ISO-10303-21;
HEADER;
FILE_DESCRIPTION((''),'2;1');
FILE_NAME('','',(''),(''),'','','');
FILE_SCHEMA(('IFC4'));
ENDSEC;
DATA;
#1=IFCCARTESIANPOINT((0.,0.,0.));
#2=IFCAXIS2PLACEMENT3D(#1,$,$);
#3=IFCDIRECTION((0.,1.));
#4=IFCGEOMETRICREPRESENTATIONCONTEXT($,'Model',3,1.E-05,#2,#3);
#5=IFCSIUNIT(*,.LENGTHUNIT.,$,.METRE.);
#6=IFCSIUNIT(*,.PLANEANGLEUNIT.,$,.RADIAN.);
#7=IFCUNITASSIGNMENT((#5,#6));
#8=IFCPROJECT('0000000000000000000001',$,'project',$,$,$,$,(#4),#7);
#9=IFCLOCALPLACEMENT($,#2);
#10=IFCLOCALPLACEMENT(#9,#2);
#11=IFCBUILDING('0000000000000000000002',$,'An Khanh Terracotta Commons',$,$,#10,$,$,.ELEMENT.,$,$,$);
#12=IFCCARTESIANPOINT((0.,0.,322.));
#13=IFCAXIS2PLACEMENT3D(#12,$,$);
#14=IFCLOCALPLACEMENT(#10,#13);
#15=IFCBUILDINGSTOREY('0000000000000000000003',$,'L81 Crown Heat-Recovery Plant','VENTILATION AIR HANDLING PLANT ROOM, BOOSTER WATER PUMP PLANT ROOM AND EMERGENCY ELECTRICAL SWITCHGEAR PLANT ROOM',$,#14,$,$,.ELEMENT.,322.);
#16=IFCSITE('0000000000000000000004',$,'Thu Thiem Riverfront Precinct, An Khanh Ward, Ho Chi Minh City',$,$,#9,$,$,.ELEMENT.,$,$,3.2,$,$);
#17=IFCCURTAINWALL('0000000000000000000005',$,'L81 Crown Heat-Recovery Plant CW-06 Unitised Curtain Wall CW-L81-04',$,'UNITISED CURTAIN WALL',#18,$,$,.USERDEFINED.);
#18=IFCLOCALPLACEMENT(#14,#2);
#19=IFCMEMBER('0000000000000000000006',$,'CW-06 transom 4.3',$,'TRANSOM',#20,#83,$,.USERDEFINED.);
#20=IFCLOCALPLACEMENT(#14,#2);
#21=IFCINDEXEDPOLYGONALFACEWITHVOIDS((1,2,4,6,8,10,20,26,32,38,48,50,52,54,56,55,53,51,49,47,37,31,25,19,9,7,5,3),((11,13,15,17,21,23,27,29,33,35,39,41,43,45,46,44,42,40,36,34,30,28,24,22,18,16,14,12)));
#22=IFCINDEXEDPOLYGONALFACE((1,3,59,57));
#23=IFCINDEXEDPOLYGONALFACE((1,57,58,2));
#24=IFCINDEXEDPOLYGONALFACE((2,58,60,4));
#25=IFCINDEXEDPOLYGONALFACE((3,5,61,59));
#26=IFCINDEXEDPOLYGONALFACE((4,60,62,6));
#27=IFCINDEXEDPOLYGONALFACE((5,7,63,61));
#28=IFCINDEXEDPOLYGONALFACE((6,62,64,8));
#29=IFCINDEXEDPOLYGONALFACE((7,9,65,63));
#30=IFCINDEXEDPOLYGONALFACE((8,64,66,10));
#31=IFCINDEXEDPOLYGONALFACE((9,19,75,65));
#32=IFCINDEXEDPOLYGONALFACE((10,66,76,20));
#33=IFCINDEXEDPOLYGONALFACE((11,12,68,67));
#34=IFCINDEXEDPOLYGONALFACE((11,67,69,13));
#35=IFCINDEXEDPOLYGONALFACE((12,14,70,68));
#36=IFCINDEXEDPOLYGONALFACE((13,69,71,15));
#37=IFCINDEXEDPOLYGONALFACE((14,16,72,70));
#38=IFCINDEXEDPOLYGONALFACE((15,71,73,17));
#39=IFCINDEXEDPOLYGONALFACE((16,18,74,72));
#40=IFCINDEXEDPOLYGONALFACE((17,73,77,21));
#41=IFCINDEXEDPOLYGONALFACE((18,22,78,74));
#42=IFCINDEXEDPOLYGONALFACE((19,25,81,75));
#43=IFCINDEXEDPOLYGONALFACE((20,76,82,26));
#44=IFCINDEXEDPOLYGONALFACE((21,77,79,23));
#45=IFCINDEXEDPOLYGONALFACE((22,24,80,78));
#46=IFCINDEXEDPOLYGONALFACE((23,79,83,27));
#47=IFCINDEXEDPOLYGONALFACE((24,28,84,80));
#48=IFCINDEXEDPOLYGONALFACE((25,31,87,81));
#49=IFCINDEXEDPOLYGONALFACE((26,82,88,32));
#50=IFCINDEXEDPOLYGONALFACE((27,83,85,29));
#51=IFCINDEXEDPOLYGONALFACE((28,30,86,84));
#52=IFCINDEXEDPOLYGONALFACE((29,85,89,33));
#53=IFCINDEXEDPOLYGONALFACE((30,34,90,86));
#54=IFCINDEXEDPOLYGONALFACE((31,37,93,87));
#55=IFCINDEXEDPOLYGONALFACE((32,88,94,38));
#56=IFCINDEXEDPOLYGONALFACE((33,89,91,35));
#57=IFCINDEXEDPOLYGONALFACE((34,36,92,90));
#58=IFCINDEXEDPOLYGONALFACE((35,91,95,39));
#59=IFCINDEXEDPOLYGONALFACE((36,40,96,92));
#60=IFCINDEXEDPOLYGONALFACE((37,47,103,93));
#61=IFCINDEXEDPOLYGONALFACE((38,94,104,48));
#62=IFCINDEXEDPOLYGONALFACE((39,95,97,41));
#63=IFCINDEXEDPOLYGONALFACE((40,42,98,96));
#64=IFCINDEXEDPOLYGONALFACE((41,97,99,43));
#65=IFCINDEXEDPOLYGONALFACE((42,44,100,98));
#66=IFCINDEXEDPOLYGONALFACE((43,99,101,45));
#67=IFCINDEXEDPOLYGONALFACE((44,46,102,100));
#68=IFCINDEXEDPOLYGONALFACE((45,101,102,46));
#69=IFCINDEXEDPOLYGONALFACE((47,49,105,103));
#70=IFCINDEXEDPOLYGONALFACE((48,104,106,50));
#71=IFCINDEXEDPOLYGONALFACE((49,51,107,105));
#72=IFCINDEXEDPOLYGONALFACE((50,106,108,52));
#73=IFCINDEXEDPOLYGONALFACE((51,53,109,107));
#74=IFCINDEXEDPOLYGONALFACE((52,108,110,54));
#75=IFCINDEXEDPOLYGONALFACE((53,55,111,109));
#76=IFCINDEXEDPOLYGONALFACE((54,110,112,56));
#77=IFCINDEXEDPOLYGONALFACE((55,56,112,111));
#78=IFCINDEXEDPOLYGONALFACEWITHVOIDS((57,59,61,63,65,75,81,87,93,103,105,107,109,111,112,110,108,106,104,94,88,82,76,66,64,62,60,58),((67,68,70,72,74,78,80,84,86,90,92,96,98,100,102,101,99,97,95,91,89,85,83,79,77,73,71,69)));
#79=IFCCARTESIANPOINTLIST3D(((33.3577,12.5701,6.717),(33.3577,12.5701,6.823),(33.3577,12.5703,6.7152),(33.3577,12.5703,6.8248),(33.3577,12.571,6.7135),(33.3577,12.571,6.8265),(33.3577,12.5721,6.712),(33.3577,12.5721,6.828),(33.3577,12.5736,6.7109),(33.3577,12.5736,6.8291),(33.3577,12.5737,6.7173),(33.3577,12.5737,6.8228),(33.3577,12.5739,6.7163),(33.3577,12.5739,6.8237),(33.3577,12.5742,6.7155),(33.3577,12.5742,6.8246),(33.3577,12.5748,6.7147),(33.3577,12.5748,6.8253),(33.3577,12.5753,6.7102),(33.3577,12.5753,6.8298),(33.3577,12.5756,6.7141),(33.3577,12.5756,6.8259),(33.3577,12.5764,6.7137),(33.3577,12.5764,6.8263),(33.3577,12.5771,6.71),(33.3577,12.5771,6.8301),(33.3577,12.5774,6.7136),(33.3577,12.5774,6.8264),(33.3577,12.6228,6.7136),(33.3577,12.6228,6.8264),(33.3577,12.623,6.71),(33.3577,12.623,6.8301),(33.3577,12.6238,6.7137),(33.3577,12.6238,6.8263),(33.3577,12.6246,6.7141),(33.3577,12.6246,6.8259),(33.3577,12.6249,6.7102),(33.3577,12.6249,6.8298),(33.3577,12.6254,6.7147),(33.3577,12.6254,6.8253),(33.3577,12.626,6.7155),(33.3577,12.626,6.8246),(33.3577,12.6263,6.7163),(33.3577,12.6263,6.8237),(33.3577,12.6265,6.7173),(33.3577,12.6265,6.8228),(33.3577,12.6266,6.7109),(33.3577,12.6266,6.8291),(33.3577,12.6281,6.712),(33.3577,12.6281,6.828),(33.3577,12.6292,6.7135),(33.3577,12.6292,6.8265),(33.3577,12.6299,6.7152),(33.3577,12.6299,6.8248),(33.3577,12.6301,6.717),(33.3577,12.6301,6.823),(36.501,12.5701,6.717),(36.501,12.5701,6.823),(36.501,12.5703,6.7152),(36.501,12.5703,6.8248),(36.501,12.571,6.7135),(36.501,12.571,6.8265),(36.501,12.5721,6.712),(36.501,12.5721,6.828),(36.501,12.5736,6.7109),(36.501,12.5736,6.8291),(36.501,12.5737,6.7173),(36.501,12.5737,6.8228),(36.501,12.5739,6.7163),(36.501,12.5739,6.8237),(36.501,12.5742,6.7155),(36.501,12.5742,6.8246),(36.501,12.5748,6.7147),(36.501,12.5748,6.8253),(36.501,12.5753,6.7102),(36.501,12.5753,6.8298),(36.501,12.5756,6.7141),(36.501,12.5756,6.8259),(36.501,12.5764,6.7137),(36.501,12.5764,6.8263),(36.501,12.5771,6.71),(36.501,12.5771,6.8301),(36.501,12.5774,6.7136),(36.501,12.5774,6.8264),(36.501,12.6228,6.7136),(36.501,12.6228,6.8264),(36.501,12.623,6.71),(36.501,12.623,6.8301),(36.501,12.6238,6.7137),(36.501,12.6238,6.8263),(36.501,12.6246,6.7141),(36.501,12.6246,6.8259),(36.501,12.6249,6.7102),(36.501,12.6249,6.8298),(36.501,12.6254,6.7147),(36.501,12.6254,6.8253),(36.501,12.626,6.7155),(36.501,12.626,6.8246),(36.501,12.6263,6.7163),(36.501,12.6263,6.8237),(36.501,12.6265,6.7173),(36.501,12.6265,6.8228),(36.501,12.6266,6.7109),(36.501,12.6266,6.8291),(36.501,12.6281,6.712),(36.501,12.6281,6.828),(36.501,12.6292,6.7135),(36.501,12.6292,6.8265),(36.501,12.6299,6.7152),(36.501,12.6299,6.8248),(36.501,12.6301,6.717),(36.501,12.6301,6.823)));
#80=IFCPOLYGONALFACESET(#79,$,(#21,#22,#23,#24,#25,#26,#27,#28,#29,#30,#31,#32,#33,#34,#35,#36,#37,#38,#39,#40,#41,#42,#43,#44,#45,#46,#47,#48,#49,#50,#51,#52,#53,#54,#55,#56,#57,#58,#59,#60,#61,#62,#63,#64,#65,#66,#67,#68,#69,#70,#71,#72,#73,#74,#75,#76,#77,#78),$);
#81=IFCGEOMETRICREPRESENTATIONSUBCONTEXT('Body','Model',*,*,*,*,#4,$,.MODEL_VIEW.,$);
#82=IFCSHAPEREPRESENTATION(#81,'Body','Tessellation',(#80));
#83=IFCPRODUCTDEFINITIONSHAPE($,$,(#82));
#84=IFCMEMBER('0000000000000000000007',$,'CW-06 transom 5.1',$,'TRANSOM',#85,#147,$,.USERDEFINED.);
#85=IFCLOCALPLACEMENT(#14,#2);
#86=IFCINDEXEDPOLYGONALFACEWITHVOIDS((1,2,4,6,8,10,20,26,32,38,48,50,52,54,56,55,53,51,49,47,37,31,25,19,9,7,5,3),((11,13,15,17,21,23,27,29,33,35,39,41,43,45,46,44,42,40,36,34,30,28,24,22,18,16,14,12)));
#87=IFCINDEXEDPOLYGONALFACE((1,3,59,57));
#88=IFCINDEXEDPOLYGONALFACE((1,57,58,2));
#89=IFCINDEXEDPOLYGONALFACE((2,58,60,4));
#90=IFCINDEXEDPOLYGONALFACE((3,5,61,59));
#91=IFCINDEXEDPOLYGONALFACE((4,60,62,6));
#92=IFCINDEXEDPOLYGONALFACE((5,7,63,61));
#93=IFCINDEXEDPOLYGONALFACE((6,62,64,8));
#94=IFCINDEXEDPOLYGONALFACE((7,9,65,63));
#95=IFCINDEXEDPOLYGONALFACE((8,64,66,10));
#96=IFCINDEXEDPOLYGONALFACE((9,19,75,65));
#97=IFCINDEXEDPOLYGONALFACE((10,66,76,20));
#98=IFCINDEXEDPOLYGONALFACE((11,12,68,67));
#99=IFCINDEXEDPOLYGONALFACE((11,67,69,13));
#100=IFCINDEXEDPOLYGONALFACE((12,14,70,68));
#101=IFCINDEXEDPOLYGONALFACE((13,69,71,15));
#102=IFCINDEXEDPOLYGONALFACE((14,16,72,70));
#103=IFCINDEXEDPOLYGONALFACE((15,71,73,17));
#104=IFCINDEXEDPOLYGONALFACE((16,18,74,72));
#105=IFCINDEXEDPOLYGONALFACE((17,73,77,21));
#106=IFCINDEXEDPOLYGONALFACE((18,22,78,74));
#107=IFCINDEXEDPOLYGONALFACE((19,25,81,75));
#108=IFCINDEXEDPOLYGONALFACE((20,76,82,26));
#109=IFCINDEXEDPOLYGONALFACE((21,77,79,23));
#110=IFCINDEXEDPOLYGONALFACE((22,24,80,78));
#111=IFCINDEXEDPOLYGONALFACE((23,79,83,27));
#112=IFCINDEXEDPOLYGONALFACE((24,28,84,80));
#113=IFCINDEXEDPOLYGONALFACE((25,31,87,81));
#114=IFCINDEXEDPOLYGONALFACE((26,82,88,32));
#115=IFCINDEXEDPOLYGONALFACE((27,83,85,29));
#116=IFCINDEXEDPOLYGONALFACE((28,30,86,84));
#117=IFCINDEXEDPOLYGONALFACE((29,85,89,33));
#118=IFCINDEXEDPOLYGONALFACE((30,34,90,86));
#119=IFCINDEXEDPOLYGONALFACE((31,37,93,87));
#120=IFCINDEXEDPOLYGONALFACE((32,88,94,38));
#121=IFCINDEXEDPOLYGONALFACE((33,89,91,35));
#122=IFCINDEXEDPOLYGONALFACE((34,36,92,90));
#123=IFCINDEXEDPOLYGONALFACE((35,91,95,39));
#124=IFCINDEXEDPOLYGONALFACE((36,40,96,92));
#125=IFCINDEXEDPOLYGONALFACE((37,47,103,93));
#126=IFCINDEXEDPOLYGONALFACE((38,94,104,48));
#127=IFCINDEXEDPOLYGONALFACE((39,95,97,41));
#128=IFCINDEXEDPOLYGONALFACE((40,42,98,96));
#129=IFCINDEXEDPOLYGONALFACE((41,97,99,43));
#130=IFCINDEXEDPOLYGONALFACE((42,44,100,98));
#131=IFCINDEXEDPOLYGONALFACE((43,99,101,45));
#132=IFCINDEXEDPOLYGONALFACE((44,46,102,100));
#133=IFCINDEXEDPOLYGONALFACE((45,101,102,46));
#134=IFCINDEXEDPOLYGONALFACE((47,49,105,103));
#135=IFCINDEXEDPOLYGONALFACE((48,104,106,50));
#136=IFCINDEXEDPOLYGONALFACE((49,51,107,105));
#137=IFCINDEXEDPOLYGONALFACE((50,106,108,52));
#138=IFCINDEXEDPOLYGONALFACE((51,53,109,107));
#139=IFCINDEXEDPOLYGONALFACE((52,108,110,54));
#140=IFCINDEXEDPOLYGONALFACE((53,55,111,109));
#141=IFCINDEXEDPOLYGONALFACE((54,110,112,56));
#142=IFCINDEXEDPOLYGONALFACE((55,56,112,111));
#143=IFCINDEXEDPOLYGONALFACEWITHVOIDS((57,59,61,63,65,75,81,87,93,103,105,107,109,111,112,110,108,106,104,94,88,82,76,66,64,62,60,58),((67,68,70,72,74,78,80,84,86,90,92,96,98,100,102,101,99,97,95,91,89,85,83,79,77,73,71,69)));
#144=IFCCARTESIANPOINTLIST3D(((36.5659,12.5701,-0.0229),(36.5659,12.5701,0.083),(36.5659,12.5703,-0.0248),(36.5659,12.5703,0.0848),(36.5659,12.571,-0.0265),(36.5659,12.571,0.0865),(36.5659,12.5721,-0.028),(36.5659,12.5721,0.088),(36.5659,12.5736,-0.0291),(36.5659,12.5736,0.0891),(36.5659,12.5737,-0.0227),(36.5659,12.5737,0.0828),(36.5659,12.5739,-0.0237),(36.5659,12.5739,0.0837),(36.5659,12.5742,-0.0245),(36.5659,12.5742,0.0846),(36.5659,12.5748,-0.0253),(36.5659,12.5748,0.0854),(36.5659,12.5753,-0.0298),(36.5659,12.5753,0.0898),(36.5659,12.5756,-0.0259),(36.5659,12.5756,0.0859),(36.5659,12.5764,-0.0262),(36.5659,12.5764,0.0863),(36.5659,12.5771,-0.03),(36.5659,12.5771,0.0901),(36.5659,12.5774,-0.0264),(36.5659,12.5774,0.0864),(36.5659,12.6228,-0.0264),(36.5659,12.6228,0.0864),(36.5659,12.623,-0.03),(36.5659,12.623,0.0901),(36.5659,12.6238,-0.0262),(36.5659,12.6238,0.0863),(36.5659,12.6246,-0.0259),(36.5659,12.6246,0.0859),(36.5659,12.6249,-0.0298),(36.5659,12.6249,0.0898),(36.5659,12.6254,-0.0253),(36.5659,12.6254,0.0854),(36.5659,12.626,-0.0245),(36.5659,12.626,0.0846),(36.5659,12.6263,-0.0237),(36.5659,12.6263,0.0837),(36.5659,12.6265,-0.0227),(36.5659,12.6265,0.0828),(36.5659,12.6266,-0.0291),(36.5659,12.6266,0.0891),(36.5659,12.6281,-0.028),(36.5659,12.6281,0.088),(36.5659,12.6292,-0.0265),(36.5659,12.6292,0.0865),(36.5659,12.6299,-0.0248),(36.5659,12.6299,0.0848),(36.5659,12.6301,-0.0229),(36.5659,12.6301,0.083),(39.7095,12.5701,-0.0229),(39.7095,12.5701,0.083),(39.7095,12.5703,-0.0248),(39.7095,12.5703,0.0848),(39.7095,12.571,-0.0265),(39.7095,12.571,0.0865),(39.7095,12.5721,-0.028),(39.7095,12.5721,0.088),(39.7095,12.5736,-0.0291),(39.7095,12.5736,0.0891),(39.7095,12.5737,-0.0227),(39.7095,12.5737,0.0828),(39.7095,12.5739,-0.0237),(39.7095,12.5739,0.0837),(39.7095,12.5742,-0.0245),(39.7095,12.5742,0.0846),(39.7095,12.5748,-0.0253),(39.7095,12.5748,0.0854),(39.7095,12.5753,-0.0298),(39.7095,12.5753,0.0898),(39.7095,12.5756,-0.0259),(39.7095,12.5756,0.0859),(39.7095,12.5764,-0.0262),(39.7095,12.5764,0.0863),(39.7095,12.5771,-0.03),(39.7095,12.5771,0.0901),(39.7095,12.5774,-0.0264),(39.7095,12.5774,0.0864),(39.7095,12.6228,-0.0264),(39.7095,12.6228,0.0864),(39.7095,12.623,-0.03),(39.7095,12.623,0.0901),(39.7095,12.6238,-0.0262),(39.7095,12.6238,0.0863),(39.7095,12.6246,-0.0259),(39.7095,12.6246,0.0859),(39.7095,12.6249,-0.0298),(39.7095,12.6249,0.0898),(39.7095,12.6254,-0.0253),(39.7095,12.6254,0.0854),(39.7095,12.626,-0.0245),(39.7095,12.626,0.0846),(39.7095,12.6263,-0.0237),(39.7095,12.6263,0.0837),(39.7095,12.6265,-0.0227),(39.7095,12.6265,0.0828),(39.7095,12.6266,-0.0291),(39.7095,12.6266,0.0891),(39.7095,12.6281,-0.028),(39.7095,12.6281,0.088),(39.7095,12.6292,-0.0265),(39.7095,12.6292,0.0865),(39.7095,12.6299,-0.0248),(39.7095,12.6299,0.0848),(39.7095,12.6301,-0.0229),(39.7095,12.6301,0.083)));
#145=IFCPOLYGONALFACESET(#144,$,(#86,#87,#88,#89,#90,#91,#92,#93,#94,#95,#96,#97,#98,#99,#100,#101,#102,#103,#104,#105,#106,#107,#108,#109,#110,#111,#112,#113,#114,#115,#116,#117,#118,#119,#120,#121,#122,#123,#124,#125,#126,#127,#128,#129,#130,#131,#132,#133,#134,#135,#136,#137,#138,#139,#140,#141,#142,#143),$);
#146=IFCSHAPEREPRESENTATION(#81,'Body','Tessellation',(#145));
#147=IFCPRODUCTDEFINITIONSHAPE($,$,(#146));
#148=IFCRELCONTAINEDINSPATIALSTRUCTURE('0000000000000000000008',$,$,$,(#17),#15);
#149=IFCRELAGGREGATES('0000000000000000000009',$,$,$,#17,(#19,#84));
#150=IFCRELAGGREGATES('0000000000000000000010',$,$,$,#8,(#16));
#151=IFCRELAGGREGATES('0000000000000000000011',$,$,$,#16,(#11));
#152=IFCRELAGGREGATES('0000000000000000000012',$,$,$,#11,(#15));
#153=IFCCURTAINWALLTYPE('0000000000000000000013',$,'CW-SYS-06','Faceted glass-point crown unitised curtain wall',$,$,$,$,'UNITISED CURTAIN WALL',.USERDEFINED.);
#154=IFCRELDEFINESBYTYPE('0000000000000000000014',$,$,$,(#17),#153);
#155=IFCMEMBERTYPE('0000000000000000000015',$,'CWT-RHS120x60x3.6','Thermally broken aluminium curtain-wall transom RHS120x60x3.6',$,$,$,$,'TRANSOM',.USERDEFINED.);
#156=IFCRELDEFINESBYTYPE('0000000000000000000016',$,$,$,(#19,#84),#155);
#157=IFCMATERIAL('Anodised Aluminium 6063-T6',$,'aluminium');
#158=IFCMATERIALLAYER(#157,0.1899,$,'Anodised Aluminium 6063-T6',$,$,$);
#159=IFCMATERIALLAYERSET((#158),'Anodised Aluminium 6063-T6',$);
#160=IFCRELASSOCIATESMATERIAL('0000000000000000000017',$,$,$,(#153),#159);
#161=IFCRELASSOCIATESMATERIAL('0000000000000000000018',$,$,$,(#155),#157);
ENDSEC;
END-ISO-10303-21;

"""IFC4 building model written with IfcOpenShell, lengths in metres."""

from ifc_helpers import new_model, si_unit, direction, frame, origin, origin_2d, place, context, subcontext, project, spatial, hollow_rectangle, extrude, material, layer, layer_set, material_profile, profile_set, type_object, element, aggregate, save


model = new_model("IFC4")

# Units and contexts
model_context = context("Model", 3, precision=1e-05, world=origin(), true_north=direction((0.0, 1.0)))
body_context = subcontext(model_context, "Body", "Model", "MODEL_VIEW")
ifc_project = project(units=[si_unit("LENGTHUNIT", "METRE"), si_unit("PLANEANGLEUNIT", "RADIAN")], contexts=[model_context])

# Site, building, storey
site_placement = place(None, origin())
site = spatial("IfcSite", under=ifc_project, at=site_placement, Name="Thu Thiem Riverfront Precinct, An Khanh Ward, Ho Chi Minh City", CompositionType="ELEMENT", RefElevation=3.2)
building_placement = place(site_placement, origin())
building = spatial("IfcBuilding", under=site, at=building_placement, Name="An Khanh Terracotta Commons", CompositionType="ELEMENT")
storey_placement = place(building_placement, frame((0.0, 0.0, 322.0)))
storey = spatial("IfcBuildingStorey", under=building, at=storey_placement, Name="L81 Crown Heat-Recovery Plant", Description="VENTILATION AIR HANDLING PLANT ROOM, BOOSTER WATER PUMP PLANT ROOM AND EMERGENCY ELECTRICAL SWITCHGEAR PLANT ROOM", CompositionType="ELEMENT", Elevation=322.0)

# Curtain wall, members
ifc_material_1 = material(Name="Anodised Aluminium 6063-T6", Category="aluminium")
ifc_layer_1 = layer(ifc_material_1, 0.1899, Name="Anodised Aluminium 6063-T6")
ifc_layer_set_1 = layer_set([ifc_layer_1], Name="Anodised Aluminium 6063-T6")
curtain_wall_type = type_object("IfcCurtainWallType", Name="CW-SYS-06", Description="Faceted glass-point crown unitised curtain wall", ElementType="UNITISED CURTAIN WALL", PredefinedType="USERDEFINED", material=ifc_layer_set_1)
curtain_wall_placement = place(storey_placement, origin())
curtain_wall = element("IfcCurtainWall", 1, at=curtain_wall_placement, inside=storey, type_object=curtain_wall_type, Name="L81 Crown Heat-Recovery Plant CW-06 Unitised Curtain Wall CW-L81-04", ObjectType="UNITISED CURTAIN WALL", PredefinedType="USERDEFINED")
ifc_material_profile_1 = material_profile(ifc_material_1, hollow_rectangle(XDim=0.0601, YDim=0.1201, WallThickness=0.0037, InnerFilletRadius=0.0037, OuterFilletRadius=0.0071, at=origin_2d()), Name="RHS120x60x3.6")
ifc_profile_set_1 = profile_set([ifc_material_profile_1], Name="Anodised Aluminium 6063-T6")
member_type_1 = type_object("IfcMemberType", Name="CWT-RHS120x60x3.6", Description="Thermally broken aluminium curtain-wall transom RHS120x60x3.6", ElementType="TRANSOM", PredefinedType="USERDEFINED", material=ifc_profile_set_1)
member_1_placement = place(storey_placement, frame((33.3577, 12.6001, 6.77), z_axis=(1.0, 0.0, 0.0), x_axis=(0.0, 1.0, 0.0)))
member_1 = element("IfcMember", 2, at=member_1_placement, type_object=member_type_1, Name="CW-06 transom 4.3", ObjectType="TRANSOM", PredefinedType="USERDEFINED", context=body_context, shape_type="SweptSolid", body=[
    extrude(hollow_rectangle(XDim=0.0601, YDim=0.1201, WallThickness=0.0037, InnerFilletRadius=0.0037, OuterFilletRadius=0.0071, at=origin_2d()), origin(), (0.0, 0.0, 1.0), 3.1433),
])
member_2_placement = place(storey_placement, frame((36.5659, 12.6001, 0.03), z_axis=(1.0, 0.0, 0.0), x_axis=(0.0, 1.0, 0.0)))
member_2 = element("IfcMember", 3, at=member_2_placement, type_object=member_type_1, Name="CW-06 transom 5.1", ObjectType="TRANSOM", PredefinedType="USERDEFINED", context=body_context, shape_type="SweptSolid", body=[
    extrude(hollow_rectangle(XDim=0.0601, YDim=0.1201, WallThickness=0.0037, InnerFilletRadius=0.0037, OuterFilletRadius=0.0071, at=origin_2d()), origin(), (0.0, 0.0, 1.0), 3.1436),
])
aggregate(curtain_wall, [member_1, member_2])

save(model, "model.ifc")
